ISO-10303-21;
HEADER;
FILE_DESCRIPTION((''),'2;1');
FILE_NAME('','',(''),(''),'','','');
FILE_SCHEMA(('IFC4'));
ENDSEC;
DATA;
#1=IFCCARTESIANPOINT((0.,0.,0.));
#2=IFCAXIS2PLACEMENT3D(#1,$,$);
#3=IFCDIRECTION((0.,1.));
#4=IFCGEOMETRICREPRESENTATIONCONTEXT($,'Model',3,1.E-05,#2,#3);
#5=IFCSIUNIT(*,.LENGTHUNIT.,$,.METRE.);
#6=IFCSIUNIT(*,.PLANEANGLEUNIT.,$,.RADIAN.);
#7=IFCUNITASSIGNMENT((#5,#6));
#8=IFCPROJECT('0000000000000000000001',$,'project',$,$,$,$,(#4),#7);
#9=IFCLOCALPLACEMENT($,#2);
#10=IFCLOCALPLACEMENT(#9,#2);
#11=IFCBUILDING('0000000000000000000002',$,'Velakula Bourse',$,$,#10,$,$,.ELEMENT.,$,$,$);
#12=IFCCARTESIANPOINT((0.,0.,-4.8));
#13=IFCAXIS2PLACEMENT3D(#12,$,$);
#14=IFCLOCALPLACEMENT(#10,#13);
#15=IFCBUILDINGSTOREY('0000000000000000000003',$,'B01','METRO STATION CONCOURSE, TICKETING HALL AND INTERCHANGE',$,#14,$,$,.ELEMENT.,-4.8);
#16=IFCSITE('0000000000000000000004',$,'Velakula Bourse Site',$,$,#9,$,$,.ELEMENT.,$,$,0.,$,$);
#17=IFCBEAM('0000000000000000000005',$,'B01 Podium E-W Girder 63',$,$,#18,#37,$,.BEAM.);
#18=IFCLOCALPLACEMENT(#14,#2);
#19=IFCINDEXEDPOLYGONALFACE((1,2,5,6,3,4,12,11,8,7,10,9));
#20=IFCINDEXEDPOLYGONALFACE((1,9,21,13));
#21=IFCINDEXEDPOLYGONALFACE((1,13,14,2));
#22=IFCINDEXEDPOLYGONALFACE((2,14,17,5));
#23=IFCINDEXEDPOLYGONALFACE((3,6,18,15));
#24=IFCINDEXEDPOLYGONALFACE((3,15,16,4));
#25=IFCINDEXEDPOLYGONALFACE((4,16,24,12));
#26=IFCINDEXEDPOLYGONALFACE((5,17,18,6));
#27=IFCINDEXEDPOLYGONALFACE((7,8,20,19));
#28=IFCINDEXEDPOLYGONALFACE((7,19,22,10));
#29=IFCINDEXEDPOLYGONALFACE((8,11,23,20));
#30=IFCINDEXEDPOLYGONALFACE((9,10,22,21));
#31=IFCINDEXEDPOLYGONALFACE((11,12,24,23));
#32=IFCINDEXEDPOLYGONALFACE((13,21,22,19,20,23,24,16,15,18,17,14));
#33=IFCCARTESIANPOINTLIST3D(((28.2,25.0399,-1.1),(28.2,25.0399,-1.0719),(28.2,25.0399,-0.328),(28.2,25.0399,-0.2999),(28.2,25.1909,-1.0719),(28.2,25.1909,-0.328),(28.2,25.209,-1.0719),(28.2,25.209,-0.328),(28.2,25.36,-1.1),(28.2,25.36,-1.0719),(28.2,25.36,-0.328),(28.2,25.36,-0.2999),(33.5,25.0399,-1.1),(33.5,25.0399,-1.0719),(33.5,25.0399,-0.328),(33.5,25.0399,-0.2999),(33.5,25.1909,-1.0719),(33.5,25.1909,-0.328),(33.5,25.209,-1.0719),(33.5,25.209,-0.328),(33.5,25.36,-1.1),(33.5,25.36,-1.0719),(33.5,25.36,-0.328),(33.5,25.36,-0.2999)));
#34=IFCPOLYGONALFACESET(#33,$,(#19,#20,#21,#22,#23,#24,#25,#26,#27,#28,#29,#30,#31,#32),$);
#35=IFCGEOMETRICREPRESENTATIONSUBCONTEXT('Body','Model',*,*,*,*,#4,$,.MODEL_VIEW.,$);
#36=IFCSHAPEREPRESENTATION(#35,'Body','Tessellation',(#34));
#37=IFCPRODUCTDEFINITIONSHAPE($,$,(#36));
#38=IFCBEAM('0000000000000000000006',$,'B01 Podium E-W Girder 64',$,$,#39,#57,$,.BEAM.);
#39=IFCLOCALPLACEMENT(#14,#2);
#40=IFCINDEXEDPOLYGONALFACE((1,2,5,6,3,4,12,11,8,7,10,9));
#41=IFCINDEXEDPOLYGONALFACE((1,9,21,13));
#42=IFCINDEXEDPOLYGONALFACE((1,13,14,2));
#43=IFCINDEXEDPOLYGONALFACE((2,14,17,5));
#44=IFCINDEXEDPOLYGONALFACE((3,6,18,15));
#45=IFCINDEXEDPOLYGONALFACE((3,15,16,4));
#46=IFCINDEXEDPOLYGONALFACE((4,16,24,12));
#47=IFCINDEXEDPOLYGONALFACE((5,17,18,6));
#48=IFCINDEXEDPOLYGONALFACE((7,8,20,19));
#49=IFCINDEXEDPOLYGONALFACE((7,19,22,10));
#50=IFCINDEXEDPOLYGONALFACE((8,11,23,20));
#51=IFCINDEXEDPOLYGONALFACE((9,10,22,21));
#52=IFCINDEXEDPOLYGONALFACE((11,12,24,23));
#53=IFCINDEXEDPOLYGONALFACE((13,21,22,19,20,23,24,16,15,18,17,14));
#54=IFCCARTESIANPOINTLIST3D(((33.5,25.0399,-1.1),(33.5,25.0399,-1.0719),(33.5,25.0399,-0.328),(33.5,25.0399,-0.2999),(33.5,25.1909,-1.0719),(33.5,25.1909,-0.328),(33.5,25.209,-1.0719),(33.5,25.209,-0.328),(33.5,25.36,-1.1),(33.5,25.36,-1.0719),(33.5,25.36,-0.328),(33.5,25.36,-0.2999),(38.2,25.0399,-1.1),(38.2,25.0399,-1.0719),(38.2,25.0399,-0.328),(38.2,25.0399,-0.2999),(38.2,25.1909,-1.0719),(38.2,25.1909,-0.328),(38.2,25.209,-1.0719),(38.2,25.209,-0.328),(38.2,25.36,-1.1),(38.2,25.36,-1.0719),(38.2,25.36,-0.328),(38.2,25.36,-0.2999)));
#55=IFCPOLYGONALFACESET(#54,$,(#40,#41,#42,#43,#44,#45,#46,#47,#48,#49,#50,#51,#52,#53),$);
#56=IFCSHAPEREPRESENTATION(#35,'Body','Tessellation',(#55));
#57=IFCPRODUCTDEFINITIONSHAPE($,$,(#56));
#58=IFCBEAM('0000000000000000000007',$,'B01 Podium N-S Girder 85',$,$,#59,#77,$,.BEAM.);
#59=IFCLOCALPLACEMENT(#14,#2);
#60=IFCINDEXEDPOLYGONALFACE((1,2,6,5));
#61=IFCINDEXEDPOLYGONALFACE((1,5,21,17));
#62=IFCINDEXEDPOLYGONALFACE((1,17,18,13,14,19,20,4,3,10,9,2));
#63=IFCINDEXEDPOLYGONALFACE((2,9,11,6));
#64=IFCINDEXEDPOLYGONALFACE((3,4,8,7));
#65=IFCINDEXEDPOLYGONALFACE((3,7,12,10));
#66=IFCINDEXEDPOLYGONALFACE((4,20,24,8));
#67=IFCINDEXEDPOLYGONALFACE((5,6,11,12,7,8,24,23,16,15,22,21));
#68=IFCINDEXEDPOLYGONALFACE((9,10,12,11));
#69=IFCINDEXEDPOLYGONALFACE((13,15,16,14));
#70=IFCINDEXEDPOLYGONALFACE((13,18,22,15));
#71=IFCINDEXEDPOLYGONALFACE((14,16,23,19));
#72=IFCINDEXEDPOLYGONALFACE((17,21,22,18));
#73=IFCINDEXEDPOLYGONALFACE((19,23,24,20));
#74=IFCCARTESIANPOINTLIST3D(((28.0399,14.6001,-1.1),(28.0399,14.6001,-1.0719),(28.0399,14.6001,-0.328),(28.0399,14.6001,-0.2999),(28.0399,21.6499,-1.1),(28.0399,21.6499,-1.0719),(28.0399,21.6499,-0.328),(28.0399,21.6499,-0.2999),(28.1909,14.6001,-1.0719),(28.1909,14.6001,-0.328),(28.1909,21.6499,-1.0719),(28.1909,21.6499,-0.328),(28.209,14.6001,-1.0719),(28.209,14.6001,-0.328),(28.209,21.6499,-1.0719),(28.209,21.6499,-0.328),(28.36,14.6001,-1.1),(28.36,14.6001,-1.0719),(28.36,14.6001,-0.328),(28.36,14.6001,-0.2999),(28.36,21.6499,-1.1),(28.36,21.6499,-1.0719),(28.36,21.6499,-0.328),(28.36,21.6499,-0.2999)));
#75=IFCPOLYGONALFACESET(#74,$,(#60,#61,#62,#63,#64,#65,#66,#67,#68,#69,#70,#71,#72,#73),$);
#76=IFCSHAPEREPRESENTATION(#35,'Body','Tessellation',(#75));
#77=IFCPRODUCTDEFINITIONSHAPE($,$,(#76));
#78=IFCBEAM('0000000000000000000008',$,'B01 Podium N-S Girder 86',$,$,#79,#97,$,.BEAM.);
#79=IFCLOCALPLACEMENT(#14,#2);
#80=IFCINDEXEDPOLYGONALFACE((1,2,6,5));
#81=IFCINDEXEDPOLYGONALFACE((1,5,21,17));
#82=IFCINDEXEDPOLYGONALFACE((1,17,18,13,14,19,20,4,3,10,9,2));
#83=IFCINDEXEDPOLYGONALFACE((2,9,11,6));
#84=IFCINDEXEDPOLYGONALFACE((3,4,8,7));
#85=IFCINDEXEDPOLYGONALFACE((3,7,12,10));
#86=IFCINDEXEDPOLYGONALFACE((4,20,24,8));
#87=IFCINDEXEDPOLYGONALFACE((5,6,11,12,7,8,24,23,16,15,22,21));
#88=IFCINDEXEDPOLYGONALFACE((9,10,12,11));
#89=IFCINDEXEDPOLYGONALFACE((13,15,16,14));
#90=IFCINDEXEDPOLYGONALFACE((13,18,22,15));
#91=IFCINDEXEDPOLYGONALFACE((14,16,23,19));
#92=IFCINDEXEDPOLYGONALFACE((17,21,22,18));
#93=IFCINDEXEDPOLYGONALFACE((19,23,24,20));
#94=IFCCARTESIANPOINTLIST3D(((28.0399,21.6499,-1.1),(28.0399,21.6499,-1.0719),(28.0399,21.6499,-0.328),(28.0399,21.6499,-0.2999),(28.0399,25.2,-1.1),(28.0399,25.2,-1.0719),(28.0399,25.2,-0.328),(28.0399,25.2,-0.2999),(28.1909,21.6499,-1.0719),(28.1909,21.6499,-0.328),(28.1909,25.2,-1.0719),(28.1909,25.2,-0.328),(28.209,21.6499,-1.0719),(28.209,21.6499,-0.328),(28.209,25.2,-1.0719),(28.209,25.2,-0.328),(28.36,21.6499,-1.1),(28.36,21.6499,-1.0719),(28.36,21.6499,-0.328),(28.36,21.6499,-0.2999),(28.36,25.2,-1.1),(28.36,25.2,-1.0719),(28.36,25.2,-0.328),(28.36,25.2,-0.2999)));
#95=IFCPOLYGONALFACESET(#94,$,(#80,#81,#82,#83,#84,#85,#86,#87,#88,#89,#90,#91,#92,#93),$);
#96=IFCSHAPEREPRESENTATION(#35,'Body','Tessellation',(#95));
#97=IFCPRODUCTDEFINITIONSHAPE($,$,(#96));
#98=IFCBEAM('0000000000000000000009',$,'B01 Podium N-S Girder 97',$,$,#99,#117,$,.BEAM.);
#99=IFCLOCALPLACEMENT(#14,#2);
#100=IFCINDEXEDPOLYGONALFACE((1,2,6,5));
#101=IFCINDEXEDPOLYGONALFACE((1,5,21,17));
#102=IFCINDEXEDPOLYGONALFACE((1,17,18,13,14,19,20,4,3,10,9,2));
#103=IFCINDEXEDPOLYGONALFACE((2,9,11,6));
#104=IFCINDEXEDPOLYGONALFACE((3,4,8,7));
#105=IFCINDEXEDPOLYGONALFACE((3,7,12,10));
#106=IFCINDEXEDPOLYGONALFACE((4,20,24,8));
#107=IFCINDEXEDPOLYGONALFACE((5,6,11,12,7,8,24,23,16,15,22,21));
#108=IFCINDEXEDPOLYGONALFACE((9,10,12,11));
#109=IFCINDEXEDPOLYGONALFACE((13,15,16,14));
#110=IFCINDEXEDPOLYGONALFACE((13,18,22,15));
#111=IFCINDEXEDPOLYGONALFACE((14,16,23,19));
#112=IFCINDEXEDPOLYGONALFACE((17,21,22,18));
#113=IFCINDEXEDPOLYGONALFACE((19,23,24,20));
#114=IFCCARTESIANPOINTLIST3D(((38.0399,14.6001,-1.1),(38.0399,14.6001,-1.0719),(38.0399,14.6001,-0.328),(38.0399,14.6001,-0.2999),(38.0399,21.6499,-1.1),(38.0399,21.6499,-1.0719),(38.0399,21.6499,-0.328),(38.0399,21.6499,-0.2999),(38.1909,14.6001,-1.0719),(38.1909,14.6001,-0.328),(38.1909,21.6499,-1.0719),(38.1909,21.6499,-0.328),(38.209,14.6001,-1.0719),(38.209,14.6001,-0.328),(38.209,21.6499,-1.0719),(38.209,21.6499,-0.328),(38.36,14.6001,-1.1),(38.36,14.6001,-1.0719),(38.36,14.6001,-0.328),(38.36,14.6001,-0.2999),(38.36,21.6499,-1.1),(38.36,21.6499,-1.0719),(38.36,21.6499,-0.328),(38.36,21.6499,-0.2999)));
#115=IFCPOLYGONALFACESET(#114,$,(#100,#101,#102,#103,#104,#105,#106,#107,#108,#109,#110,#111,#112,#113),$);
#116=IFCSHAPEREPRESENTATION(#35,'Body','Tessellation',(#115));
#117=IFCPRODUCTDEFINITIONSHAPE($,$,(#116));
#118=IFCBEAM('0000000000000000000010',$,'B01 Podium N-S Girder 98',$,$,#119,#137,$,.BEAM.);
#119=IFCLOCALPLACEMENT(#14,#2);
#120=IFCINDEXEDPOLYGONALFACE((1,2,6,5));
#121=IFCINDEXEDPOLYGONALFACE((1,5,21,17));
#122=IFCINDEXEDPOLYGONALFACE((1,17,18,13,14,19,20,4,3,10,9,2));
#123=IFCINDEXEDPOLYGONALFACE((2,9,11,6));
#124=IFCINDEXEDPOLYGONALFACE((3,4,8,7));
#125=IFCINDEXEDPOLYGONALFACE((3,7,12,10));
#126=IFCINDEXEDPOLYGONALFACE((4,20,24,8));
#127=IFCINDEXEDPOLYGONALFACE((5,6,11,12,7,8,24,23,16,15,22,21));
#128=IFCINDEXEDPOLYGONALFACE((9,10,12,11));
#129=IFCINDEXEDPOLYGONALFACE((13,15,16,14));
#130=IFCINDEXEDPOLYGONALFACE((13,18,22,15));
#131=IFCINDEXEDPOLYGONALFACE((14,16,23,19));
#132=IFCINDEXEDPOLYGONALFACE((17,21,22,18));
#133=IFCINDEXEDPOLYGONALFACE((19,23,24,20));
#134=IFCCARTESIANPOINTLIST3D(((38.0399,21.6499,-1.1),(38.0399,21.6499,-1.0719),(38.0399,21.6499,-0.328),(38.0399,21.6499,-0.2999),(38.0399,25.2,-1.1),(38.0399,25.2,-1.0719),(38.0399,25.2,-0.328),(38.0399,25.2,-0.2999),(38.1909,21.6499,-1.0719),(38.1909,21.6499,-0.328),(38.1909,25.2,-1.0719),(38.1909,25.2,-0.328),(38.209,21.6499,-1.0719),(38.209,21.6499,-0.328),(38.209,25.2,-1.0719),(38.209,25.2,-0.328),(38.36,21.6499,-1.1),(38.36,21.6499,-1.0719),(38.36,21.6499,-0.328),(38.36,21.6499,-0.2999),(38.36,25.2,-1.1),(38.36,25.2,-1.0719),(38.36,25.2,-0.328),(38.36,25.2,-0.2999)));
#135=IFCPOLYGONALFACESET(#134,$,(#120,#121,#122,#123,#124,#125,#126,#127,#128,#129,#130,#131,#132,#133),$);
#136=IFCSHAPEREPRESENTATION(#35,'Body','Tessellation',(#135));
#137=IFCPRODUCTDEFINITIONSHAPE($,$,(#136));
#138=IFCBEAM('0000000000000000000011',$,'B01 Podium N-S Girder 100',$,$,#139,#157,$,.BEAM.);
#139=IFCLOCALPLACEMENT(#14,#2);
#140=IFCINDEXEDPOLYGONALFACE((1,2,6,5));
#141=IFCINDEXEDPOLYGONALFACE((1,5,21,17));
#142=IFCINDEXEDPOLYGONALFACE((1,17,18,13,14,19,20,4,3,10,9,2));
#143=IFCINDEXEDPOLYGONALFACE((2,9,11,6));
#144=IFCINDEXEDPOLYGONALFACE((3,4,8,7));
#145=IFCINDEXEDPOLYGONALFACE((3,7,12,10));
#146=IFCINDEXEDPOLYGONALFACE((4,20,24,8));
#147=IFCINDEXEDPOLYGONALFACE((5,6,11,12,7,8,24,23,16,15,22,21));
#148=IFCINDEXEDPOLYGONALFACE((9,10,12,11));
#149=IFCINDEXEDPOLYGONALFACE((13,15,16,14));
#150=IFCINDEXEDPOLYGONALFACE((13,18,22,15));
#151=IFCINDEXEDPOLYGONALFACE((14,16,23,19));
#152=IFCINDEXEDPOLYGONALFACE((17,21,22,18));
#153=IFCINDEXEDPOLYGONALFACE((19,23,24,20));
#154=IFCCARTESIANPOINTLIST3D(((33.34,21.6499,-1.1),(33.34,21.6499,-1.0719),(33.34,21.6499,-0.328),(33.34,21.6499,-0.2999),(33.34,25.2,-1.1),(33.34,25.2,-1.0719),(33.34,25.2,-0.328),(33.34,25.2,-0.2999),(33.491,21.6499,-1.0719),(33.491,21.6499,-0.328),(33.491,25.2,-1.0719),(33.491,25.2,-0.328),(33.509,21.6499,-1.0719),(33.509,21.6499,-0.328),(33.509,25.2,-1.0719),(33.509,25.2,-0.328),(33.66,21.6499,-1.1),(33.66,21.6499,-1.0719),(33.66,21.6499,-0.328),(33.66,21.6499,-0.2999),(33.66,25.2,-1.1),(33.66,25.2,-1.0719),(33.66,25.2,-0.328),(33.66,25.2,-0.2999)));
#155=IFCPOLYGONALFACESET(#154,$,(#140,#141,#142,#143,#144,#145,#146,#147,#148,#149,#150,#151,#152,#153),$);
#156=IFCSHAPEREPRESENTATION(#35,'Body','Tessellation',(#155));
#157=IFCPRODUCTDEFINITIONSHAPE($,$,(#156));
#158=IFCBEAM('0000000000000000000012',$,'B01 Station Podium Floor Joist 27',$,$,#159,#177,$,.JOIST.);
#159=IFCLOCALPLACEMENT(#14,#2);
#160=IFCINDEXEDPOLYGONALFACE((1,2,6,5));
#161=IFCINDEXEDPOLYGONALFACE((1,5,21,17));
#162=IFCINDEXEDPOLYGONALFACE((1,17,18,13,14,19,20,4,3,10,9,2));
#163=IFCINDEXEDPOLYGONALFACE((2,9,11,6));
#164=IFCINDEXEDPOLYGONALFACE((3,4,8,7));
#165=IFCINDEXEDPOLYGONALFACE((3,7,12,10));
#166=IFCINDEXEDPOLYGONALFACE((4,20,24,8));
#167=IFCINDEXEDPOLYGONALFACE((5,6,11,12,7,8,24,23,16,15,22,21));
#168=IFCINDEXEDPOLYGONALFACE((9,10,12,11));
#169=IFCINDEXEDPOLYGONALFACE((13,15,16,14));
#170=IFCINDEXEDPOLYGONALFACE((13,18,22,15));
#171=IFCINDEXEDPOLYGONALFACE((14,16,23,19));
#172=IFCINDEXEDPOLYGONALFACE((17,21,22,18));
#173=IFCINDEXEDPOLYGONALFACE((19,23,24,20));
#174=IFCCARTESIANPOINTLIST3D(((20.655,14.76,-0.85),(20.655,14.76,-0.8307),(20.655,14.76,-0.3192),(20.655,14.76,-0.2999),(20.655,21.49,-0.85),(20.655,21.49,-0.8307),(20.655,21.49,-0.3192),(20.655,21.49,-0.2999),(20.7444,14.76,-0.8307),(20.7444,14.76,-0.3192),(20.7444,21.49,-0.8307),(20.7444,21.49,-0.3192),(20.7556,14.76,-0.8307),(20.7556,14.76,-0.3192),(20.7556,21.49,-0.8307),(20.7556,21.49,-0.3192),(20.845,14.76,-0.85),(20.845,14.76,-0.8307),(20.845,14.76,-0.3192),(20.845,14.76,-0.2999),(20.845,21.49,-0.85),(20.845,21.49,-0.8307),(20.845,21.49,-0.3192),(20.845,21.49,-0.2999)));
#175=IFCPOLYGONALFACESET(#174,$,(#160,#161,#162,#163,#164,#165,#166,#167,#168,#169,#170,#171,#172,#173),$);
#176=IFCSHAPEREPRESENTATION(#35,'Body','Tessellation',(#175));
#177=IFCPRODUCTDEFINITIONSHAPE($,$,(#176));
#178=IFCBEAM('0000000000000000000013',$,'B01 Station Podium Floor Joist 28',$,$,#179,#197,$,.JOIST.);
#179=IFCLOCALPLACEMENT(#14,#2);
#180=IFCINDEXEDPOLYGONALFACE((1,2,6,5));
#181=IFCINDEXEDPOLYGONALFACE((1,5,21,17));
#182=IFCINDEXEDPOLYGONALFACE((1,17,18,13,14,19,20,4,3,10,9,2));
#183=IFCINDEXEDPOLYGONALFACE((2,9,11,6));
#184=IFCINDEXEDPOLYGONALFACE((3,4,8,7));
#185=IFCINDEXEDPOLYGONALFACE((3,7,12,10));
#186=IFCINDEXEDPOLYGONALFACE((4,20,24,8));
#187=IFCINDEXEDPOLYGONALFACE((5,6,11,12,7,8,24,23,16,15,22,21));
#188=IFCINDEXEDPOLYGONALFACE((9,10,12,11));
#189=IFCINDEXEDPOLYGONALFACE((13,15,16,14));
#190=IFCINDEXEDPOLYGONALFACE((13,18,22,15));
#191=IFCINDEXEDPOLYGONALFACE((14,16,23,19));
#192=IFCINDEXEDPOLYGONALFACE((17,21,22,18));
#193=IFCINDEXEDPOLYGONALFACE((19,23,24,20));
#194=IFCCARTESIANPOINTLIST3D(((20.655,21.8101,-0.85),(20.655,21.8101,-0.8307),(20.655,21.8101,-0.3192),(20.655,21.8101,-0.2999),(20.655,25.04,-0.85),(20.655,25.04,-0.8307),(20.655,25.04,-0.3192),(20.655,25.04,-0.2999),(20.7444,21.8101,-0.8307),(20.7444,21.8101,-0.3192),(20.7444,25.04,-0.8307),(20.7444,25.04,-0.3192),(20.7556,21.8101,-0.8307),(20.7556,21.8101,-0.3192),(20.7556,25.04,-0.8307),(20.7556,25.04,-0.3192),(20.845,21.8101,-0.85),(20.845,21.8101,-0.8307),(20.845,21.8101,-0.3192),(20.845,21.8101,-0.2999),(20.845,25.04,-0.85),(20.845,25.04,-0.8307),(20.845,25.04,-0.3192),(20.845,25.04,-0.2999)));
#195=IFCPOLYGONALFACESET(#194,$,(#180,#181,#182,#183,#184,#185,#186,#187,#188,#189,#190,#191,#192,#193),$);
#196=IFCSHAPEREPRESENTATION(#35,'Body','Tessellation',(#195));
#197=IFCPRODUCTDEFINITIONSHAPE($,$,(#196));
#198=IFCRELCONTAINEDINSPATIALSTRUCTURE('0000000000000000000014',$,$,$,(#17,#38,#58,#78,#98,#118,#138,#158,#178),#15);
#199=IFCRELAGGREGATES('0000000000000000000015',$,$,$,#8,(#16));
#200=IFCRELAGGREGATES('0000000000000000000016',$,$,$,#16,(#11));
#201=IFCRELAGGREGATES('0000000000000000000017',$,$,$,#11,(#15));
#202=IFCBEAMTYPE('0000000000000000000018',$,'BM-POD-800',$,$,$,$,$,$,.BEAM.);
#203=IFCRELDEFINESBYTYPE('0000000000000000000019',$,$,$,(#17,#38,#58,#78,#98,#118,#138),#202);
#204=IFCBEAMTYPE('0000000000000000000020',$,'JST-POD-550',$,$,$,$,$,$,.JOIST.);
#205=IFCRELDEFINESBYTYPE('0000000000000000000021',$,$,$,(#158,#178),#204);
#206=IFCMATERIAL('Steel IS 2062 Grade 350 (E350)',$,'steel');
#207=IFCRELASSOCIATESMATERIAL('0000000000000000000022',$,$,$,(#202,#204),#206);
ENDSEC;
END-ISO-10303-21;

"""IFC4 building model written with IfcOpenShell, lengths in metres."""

from ifc_helpers import new_model, si_unit, direction, frame, origin, origin_2d, place, context, subcontext, project, spatial, i_section, extrude, material, material_profile, profile_set, type_object, element, save


model = new_model("IFC4")

# Units and contexts
model_context = context("Model", 3, precision=1e-05, world=origin(), true_north=direction((0.0, 1.0)))
body_context = subcontext(model_context, "Body", "Model", "MODEL_VIEW")
ifc_project = project(units=[si_unit("LENGTHUNIT", "METRE"), si_unit("PLANEANGLEUNIT", "RADIAN")], contexts=[model_context])

# Site, building, storey
site_placement = place(None, origin())
site = spatial("IfcSite", under=ifc_project, at=site_placement, Name="Velakula Bourse Site", CompositionType="ELEMENT", RefElevation=0.0)
building_placement = place(site_placement, origin())
building = spatial("IfcBuilding", under=site, at=building_placement, Name="Velakula Bourse", CompositionType="ELEMENT")
storey_placement = place(building_placement, frame((0.0, 0.0, -4.8)))
storey = spatial("IfcBuildingStorey", under=building, at=storey_placement, Name="B01", Description="METRO STATION CONCOURSE, TICKETING HALL AND INTERCHANGE", CompositionType="ELEMENT", Elevation=-4.8)

# Beams
ifc_material_1 = material(Name="Steel IS 2062 Grade 350 (E350)", Category="steel")
ifc_material_profile_1 = material_profile(ifc_material_1, i_section(OverallWidth=0.3201, OverallDepth=0.8, WebThickness=0.0181, FlangeThickness=0.0281, at=origin_2d()), Name="Steel IS 2062 Grade 350 (E350)")
ifc_profile_set_1 = profile_set([ifc_material_profile_1], Name="Steel IS 2062 Grade 350 (E350)")
beam_type_1 = type_object("IfcBeamType", Name="BM-POD-800", PredefinedType="BEAM", material=ifc_profile_set_1)
beam_1_placement = place(storey_placement, frame((28.2, 25.2, -0.7), z_axis=(1.0, 0.0, 0.0), x_axis=(0.0, 1.0, 0.0)))
element("IfcBeam", 1, at=beam_1_placement, inside=storey, type_object=beam_type_1, Name="B01 Podium E-W Girder 63", PredefinedType="BEAM", context=body_context, shape_type="SweptSolid", body=[
    extrude(i_section(OverallWidth=0.3201, OverallDepth=0.8, WebThickness=0.0181, FlangeThickness=0.0281, at=origin_2d()), origin(), (0.0, 0.0, 1.0), 5.3),
])
beam_2_placement = place(storey_placement, frame((33.5, 25.2, -0.7), z_axis=(1.0, 0.0, 0.0), x_axis=(0.0, 1.0, 0.0)))
element("IfcBeam", 2, at=beam_2_placement, inside=storey, type_object=beam_type_1, Name="B01 Podium E-W Girder 64", PredefinedType="BEAM", context=body_context, shape_type="SweptSolid", body=[
    extrude(i_section(OverallWidth=0.3201, OverallDepth=0.8, WebThickness=0.0181, FlangeThickness=0.0281, at=origin_2d()), origin(), (0.0, 0.0, 1.0), 4.7),
])
beam_3_placement = place(storey_placement, frame((28.2, 14.6001, -0.7), z_axis=(0.0, 1.0, 0.0), x_axis=(-1.0, 0.0, 0.0)))
element("IfcBeam", 3, at=beam_3_placement, inside=storey, type_object=beam_type_1, Name="B01 Podium N-S Girder 85", PredefinedType="BEAM", context=body_context, shape_type="SweptSolid", body=[
    extrude(i_section(OverallWidth=0.3201, OverallDepth=0.8, WebThickness=0.0181, FlangeThickness=0.0281, at=origin_2d()), origin(), (0.0, 0.0, 1.0), 7.0498),
])
beam_4_placement = place(storey_placement, frame((28.2, 21.6499, -0.7), z_axis=(0.0, 1.0, 0.0), x_axis=(-1.0, 0.0, 0.0)))
element("IfcBeam", 4, at=beam_4_placement, inside=storey, type_object=beam_type_1, Name="B01 Podium N-S Girder 86", PredefinedType="BEAM", context=body_context, shape_type="SweptSolid", body=[
    extrude(i_section(OverallWidth=0.3201, OverallDepth=0.8, WebThickness=0.0181, FlangeThickness=0.0281, at=origin_2d()), origin(), (0.0, 0.0, 1.0), 3.55),
])
beam_5_placement = place(storey_placement, frame((38.2, 14.6001, -0.7), z_axis=(0.0, 1.0, 0.0), x_axis=(-1.0, 0.0, 0.0)))
element("IfcBeam", 5, at=beam_5_placement, inside=storey, type_object=beam_type_1, Name="B01 Podium N-S Girder 97", PredefinedType="BEAM", context=body_context, shape_type="SweptSolid", body=[
    extrude(i_section(OverallWidth=0.3201, OverallDepth=0.8, WebThickness=0.0181, FlangeThickness=0.0281, at=origin_2d()), origin(), (0.0, 0.0, 1.0), 7.0498),
])
for number, where, z_axis, x_axis, name in (
    (6, (38.2, 21.6499, -0.7), (0.0, 1.0, 0.0), (-1.0, 0.0, 0.0), "B01 Podium N-S Girder 98"),
    (7, (33.5, 21.6499, -0.7), (0.0, 1.0, 0.0), (-1.0, 0.0, 0.0), "B01 Podium N-S Girder 100"),
):
    element("IfcBeam", number, at=place(storey_placement, frame(where, z_axis=z_axis, x_axis=x_axis)), inside=storey, type_object=beam_type_1, Name=name, PredefinedType="BEAM", context=body_context, shape_type="SweptSolid", body=[
        extrude(i_section(OverallWidth=0.3201, OverallDepth=0.8, WebThickness=0.0181, FlangeThickness=0.0281, at=origin_2d()), origin(), (0.0, 0.0, 1.0), 3.55),
    ])
ifc_material_profile_2 = material_profile(ifc_material_1, i_section(OverallWidth=0.1899, OverallDepth=0.55, WebThickness=0.0112, FlangeThickness=0.0193, at=origin_2d()), Name="Steel IS 2062 Grade 350 (E350)")
ifc_profile_set_2 = profile_set([ifc_material_profile_2], Name="Steel IS 2062 Grade 350 (E350)")
beam_type_2 = type_object("IfcBeamType", Name="JST-POD-550", PredefinedType="JOIST", material=ifc_profile_set_2)
beam_6_placement = place(storey_placement, frame((20.75, 14.76, -0.575), z_axis=(0.0, 1.0, 0.0), x_axis=(-1.0, 0.0, 0.0)))
element("IfcBeam", 8, at=beam_6_placement, inside=storey, type_object=beam_type_2, Name="B01 Station Podium Floor Joist 27", PredefinedType="JOIST", context=body_context, shape_type="SweptSolid", body=[
    extrude(i_section(OverallWidth=0.1899, OverallDepth=0.55, WebThickness=0.0112, FlangeThickness=0.0193, at=origin_2d()), origin(), (0.0, 0.0, 1.0), 6.73),
])
beam_7_placement = place(storey_placement, frame((20.75, 21.8101, -0.575), z_axis=(0.0, 1.0, 0.0), x_axis=(-1.0, 0.0, 0.0)))
element("IfcBeam", 9, at=beam_7_placement, inside=storey, type_object=beam_type_2, Name="B01 Station Podium Floor Joist 28", PredefinedType="JOIST", context=body_context, shape_type="SweptSolid", body=[
    extrude(i_section(OverallWidth=0.1899, OverallDepth=0.55, WebThickness=0.0112, FlangeThickness=0.0193, at=origin_2d()), origin(), (0.0, 0.0, 1.0), 3.23),
])

save(model, "model.ifc")
